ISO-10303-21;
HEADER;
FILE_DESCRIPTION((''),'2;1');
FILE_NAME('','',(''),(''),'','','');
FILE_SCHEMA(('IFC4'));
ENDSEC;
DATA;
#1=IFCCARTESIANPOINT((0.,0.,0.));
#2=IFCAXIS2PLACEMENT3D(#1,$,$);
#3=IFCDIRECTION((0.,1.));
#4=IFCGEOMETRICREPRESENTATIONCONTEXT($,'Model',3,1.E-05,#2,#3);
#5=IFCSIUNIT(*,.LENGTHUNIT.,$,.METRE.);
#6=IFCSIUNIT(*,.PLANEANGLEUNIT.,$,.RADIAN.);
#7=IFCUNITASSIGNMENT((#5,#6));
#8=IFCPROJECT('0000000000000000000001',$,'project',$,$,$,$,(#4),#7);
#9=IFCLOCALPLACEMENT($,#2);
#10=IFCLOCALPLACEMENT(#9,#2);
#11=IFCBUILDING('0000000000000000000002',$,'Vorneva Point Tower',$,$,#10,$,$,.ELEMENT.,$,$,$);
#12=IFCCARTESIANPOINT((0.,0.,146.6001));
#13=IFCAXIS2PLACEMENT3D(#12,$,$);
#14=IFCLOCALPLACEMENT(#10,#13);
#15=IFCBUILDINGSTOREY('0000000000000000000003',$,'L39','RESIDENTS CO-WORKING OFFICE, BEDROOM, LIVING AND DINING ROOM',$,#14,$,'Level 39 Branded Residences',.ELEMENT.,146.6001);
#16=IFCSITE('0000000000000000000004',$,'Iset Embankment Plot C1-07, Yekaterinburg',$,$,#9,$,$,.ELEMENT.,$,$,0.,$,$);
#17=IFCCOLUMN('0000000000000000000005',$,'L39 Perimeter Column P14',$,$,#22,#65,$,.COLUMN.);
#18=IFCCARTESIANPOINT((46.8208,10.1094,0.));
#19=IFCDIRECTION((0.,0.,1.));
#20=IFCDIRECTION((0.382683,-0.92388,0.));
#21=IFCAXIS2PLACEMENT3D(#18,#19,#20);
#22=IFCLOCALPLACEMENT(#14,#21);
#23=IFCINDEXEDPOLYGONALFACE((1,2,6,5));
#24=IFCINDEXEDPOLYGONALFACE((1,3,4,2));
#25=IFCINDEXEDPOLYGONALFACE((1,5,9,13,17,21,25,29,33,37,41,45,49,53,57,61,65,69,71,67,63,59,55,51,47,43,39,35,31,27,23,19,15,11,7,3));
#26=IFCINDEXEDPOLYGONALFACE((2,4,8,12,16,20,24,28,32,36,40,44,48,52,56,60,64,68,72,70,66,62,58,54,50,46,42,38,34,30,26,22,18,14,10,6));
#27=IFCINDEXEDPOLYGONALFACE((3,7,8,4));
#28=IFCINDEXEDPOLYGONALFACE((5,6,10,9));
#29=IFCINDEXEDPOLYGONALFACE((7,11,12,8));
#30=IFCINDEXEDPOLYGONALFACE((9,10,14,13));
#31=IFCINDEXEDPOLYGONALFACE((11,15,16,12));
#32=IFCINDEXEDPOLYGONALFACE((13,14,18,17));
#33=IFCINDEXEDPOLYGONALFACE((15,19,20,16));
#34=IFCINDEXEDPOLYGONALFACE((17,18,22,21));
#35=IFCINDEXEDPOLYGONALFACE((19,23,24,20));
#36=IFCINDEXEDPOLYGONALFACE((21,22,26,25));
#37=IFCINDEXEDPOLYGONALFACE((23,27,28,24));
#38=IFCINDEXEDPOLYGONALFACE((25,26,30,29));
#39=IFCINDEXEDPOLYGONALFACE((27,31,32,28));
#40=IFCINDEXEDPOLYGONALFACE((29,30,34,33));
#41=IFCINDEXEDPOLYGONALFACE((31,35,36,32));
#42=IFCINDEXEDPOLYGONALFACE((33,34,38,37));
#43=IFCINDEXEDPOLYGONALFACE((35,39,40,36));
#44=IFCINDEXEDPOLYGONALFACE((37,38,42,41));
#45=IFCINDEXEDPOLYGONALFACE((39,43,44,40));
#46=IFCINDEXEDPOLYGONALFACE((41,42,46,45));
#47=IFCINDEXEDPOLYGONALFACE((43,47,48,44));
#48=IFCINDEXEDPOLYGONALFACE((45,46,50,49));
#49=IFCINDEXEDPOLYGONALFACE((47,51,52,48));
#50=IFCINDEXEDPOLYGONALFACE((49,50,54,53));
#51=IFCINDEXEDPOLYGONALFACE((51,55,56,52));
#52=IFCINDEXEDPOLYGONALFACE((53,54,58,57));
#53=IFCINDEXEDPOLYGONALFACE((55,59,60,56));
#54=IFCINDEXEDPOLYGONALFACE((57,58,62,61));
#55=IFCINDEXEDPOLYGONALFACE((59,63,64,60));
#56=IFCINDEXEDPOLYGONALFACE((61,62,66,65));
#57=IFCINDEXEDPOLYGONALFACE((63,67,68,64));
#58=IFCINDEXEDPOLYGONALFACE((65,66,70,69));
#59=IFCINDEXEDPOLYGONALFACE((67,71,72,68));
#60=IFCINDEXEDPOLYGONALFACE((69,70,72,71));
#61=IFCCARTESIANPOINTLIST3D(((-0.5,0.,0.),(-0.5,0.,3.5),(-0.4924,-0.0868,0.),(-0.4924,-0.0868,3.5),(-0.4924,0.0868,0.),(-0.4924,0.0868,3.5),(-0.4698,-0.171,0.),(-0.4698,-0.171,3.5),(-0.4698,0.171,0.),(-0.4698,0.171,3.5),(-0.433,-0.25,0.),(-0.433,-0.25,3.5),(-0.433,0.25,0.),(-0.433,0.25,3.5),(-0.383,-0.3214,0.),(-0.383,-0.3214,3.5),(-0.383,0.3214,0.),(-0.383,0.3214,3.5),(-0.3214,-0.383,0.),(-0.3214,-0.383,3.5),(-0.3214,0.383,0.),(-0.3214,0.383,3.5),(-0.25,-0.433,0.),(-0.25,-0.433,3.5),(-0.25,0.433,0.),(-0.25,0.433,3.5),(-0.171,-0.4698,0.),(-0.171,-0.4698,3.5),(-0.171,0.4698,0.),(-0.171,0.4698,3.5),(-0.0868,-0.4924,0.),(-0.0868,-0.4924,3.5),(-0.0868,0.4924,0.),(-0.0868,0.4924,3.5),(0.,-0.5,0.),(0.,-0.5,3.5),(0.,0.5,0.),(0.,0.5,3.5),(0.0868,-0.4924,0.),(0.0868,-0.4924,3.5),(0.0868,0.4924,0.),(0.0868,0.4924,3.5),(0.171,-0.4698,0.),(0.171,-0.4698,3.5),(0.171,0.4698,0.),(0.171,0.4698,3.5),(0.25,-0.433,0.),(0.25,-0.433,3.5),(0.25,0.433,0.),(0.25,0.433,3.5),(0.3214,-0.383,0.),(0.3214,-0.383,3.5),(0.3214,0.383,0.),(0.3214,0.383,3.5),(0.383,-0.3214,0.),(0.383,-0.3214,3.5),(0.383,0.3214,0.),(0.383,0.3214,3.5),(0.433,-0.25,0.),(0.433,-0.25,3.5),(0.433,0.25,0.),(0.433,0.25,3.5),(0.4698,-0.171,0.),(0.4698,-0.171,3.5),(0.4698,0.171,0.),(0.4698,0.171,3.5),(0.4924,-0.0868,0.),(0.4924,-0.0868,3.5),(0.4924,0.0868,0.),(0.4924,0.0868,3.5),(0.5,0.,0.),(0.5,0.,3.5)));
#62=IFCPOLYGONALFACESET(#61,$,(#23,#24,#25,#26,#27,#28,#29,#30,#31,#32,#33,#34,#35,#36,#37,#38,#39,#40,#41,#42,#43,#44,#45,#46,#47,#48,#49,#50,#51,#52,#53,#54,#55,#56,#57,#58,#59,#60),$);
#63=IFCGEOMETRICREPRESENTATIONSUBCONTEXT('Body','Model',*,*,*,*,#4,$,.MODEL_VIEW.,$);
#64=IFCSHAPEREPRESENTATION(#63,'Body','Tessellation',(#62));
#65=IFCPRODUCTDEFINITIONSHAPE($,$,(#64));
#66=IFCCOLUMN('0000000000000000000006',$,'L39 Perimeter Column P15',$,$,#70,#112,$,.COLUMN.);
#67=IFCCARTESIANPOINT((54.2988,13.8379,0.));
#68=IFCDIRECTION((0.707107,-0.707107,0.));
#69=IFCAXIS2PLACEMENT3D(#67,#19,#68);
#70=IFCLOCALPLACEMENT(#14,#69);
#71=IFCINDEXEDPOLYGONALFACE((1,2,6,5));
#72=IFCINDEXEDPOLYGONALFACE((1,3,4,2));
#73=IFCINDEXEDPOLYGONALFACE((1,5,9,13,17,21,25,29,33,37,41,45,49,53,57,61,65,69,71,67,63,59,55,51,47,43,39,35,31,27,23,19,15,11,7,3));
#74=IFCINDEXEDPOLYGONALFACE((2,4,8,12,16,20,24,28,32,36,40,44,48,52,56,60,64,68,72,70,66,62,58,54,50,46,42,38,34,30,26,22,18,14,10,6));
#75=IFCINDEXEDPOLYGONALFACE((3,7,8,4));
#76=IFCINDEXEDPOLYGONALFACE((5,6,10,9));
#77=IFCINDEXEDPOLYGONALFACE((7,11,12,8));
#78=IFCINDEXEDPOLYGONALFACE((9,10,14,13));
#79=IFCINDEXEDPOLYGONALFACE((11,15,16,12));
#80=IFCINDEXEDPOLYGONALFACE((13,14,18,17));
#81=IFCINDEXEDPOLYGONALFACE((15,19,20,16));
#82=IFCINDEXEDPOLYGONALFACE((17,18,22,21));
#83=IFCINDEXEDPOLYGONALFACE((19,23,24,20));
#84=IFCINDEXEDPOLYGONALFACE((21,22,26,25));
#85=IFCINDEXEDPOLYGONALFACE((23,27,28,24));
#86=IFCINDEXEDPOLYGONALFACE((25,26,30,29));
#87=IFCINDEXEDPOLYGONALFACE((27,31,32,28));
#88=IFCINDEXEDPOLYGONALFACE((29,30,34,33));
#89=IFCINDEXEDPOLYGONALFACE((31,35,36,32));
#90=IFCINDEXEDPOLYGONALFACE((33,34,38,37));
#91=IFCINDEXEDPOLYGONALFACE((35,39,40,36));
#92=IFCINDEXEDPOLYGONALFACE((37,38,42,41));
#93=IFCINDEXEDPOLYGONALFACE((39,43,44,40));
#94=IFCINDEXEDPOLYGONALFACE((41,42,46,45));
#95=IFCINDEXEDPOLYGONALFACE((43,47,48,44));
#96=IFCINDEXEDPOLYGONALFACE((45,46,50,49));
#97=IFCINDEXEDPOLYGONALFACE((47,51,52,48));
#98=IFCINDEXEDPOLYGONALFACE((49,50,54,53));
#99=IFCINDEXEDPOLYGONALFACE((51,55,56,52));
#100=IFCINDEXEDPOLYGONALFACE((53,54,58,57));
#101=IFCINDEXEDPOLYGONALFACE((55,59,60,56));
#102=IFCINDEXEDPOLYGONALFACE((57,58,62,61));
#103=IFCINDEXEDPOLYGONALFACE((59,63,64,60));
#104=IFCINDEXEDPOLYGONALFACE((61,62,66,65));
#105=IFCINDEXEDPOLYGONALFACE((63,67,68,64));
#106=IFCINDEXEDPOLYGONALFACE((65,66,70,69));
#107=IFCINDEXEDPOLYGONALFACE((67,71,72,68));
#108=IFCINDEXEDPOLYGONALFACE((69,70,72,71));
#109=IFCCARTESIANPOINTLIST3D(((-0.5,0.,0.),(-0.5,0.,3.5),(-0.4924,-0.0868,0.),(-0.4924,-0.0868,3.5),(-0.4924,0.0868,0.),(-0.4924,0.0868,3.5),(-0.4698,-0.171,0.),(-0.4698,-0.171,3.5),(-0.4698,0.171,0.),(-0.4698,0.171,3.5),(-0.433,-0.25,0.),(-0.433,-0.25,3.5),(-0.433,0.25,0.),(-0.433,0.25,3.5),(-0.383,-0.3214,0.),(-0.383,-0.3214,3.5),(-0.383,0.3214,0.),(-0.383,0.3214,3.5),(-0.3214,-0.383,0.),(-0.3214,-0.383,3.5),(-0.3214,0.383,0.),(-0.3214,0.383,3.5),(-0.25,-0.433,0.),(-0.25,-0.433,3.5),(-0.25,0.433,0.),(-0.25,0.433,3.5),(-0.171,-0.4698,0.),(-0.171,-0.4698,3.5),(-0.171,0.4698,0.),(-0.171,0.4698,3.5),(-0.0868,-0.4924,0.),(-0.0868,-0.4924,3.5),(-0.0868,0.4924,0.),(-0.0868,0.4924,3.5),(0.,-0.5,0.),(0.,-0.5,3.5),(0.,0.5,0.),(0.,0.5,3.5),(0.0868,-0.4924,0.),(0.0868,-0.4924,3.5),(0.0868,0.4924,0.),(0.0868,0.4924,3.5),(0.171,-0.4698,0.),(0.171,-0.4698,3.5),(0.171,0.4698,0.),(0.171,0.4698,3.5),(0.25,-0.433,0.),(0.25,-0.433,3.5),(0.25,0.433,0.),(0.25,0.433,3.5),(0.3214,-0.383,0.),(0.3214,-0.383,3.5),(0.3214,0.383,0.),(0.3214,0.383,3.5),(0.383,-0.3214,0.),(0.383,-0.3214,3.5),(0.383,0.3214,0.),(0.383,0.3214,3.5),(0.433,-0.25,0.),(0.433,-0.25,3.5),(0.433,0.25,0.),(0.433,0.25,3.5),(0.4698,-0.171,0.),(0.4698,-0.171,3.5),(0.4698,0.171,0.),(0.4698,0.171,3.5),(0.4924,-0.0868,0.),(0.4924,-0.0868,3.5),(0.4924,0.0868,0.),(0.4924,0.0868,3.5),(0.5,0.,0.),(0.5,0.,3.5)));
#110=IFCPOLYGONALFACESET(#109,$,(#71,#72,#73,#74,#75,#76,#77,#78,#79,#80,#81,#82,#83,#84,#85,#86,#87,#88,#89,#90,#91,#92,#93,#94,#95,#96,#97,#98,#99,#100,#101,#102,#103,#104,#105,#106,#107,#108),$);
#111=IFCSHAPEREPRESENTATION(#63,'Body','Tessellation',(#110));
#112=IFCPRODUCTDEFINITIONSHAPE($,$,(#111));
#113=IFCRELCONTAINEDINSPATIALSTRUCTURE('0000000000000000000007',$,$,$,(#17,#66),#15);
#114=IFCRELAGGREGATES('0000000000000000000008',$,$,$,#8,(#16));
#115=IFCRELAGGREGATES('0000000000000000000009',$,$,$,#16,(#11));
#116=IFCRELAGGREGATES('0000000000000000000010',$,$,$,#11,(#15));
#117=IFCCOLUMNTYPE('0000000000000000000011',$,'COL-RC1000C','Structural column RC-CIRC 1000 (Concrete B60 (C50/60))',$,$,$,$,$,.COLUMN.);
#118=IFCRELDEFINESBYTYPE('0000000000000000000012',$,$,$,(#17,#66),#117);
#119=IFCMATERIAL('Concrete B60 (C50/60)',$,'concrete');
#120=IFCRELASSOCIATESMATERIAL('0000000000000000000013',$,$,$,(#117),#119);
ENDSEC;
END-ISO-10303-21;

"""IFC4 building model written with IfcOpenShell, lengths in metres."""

from ifc_helpers import new_model, si_unit, direction, frame, origin, origin_2d, place, context, subcontext, project, spatial, circle, extrude, material, material_profile, profile_set, type_object, element, save


model = new_model("IFC4")

# Units and contexts
model_context = context("Model", 3, precision=1e-05, world=origin(), true_north=direction((0.0, 1.0)))
body_context = subcontext(model_context, "Body", "Model", "MODEL_VIEW")
ifc_project = project(units=[si_unit("LENGTHUNIT", "METRE"), si_unit("PLANEANGLEUNIT", "RADIAN")], contexts=[model_context])

# Site, building, storey
site_placement = place(None, origin())
site = spatial("IfcSite", under=ifc_project, at=site_placement, Name="Iset Embankment Plot C1-07, Yekaterinburg", CompositionType="ELEMENT", RefElevation=0.0)
building_placement = place(site_placement, origin())
building = spatial("IfcBuilding", under=site, at=building_placement, Name="Vorneva Point Tower", CompositionType="ELEMENT")
storey_placement = place(building_placement, frame((0.0, 0.0, 146.6001)))
storey = spatial("IfcBuildingStorey", under=building, at=storey_placement, Name="L39", Description="RESIDENTS CO-WORKING OFFICE, BEDROOM, LIVING AND DINING ROOM", LongName="Level 39 Branded Residences", CompositionType="ELEMENT", Elevation=146.6001)

# Columns
ifc_material_1 = material(Name="Concrete B60 (C50/60)", Category="concrete")
ifc_material_profile_1 = material_profile(ifc_material_1, circle(Radius=0.5, at=origin_2d()), Name="RC-CIRC 1000")
ifc_profile_set_1 = profile_set([ifc_material_profile_1], Name="Concrete B60 (C50/60)")
column_type_1 = type_object("IfcColumnType", Name="COL-RC1000C", Description="Structural column RC-CIRC 1000 (Concrete B60 (C50/60))", PredefinedType="COLUMN", material=ifc_profile_set_1)
for number, where, z_axis, x_axis, name in (
    (1, (46.8208, 10.1094, 0.0), (0.0, 0.0, 1.0), (0.382683, -0.92388, 0.0), "L39 Perimeter Column P14"),
    (2, (54.2988, 13.8379, 0.0), (0.0, 0.0, 1.0), (0.707107, -0.707107, 0.0), "L39 Perimeter Column P15"),
):
    element("IfcColumn", number, at=place(storey_placement, frame(where, z_axis=z_axis, x_axis=x_axis)), inside=storey, type_object=column_type_1, Name=name, PredefinedType="COLUMN", context=body_context, shape_type="SweptSolid", body=[
        extrude(circle(Radius=0.5, at=origin_2d()), origin(), (0.0, 0.0, 1.0), 3.5),
    ])

save(model, "model.ifc")
